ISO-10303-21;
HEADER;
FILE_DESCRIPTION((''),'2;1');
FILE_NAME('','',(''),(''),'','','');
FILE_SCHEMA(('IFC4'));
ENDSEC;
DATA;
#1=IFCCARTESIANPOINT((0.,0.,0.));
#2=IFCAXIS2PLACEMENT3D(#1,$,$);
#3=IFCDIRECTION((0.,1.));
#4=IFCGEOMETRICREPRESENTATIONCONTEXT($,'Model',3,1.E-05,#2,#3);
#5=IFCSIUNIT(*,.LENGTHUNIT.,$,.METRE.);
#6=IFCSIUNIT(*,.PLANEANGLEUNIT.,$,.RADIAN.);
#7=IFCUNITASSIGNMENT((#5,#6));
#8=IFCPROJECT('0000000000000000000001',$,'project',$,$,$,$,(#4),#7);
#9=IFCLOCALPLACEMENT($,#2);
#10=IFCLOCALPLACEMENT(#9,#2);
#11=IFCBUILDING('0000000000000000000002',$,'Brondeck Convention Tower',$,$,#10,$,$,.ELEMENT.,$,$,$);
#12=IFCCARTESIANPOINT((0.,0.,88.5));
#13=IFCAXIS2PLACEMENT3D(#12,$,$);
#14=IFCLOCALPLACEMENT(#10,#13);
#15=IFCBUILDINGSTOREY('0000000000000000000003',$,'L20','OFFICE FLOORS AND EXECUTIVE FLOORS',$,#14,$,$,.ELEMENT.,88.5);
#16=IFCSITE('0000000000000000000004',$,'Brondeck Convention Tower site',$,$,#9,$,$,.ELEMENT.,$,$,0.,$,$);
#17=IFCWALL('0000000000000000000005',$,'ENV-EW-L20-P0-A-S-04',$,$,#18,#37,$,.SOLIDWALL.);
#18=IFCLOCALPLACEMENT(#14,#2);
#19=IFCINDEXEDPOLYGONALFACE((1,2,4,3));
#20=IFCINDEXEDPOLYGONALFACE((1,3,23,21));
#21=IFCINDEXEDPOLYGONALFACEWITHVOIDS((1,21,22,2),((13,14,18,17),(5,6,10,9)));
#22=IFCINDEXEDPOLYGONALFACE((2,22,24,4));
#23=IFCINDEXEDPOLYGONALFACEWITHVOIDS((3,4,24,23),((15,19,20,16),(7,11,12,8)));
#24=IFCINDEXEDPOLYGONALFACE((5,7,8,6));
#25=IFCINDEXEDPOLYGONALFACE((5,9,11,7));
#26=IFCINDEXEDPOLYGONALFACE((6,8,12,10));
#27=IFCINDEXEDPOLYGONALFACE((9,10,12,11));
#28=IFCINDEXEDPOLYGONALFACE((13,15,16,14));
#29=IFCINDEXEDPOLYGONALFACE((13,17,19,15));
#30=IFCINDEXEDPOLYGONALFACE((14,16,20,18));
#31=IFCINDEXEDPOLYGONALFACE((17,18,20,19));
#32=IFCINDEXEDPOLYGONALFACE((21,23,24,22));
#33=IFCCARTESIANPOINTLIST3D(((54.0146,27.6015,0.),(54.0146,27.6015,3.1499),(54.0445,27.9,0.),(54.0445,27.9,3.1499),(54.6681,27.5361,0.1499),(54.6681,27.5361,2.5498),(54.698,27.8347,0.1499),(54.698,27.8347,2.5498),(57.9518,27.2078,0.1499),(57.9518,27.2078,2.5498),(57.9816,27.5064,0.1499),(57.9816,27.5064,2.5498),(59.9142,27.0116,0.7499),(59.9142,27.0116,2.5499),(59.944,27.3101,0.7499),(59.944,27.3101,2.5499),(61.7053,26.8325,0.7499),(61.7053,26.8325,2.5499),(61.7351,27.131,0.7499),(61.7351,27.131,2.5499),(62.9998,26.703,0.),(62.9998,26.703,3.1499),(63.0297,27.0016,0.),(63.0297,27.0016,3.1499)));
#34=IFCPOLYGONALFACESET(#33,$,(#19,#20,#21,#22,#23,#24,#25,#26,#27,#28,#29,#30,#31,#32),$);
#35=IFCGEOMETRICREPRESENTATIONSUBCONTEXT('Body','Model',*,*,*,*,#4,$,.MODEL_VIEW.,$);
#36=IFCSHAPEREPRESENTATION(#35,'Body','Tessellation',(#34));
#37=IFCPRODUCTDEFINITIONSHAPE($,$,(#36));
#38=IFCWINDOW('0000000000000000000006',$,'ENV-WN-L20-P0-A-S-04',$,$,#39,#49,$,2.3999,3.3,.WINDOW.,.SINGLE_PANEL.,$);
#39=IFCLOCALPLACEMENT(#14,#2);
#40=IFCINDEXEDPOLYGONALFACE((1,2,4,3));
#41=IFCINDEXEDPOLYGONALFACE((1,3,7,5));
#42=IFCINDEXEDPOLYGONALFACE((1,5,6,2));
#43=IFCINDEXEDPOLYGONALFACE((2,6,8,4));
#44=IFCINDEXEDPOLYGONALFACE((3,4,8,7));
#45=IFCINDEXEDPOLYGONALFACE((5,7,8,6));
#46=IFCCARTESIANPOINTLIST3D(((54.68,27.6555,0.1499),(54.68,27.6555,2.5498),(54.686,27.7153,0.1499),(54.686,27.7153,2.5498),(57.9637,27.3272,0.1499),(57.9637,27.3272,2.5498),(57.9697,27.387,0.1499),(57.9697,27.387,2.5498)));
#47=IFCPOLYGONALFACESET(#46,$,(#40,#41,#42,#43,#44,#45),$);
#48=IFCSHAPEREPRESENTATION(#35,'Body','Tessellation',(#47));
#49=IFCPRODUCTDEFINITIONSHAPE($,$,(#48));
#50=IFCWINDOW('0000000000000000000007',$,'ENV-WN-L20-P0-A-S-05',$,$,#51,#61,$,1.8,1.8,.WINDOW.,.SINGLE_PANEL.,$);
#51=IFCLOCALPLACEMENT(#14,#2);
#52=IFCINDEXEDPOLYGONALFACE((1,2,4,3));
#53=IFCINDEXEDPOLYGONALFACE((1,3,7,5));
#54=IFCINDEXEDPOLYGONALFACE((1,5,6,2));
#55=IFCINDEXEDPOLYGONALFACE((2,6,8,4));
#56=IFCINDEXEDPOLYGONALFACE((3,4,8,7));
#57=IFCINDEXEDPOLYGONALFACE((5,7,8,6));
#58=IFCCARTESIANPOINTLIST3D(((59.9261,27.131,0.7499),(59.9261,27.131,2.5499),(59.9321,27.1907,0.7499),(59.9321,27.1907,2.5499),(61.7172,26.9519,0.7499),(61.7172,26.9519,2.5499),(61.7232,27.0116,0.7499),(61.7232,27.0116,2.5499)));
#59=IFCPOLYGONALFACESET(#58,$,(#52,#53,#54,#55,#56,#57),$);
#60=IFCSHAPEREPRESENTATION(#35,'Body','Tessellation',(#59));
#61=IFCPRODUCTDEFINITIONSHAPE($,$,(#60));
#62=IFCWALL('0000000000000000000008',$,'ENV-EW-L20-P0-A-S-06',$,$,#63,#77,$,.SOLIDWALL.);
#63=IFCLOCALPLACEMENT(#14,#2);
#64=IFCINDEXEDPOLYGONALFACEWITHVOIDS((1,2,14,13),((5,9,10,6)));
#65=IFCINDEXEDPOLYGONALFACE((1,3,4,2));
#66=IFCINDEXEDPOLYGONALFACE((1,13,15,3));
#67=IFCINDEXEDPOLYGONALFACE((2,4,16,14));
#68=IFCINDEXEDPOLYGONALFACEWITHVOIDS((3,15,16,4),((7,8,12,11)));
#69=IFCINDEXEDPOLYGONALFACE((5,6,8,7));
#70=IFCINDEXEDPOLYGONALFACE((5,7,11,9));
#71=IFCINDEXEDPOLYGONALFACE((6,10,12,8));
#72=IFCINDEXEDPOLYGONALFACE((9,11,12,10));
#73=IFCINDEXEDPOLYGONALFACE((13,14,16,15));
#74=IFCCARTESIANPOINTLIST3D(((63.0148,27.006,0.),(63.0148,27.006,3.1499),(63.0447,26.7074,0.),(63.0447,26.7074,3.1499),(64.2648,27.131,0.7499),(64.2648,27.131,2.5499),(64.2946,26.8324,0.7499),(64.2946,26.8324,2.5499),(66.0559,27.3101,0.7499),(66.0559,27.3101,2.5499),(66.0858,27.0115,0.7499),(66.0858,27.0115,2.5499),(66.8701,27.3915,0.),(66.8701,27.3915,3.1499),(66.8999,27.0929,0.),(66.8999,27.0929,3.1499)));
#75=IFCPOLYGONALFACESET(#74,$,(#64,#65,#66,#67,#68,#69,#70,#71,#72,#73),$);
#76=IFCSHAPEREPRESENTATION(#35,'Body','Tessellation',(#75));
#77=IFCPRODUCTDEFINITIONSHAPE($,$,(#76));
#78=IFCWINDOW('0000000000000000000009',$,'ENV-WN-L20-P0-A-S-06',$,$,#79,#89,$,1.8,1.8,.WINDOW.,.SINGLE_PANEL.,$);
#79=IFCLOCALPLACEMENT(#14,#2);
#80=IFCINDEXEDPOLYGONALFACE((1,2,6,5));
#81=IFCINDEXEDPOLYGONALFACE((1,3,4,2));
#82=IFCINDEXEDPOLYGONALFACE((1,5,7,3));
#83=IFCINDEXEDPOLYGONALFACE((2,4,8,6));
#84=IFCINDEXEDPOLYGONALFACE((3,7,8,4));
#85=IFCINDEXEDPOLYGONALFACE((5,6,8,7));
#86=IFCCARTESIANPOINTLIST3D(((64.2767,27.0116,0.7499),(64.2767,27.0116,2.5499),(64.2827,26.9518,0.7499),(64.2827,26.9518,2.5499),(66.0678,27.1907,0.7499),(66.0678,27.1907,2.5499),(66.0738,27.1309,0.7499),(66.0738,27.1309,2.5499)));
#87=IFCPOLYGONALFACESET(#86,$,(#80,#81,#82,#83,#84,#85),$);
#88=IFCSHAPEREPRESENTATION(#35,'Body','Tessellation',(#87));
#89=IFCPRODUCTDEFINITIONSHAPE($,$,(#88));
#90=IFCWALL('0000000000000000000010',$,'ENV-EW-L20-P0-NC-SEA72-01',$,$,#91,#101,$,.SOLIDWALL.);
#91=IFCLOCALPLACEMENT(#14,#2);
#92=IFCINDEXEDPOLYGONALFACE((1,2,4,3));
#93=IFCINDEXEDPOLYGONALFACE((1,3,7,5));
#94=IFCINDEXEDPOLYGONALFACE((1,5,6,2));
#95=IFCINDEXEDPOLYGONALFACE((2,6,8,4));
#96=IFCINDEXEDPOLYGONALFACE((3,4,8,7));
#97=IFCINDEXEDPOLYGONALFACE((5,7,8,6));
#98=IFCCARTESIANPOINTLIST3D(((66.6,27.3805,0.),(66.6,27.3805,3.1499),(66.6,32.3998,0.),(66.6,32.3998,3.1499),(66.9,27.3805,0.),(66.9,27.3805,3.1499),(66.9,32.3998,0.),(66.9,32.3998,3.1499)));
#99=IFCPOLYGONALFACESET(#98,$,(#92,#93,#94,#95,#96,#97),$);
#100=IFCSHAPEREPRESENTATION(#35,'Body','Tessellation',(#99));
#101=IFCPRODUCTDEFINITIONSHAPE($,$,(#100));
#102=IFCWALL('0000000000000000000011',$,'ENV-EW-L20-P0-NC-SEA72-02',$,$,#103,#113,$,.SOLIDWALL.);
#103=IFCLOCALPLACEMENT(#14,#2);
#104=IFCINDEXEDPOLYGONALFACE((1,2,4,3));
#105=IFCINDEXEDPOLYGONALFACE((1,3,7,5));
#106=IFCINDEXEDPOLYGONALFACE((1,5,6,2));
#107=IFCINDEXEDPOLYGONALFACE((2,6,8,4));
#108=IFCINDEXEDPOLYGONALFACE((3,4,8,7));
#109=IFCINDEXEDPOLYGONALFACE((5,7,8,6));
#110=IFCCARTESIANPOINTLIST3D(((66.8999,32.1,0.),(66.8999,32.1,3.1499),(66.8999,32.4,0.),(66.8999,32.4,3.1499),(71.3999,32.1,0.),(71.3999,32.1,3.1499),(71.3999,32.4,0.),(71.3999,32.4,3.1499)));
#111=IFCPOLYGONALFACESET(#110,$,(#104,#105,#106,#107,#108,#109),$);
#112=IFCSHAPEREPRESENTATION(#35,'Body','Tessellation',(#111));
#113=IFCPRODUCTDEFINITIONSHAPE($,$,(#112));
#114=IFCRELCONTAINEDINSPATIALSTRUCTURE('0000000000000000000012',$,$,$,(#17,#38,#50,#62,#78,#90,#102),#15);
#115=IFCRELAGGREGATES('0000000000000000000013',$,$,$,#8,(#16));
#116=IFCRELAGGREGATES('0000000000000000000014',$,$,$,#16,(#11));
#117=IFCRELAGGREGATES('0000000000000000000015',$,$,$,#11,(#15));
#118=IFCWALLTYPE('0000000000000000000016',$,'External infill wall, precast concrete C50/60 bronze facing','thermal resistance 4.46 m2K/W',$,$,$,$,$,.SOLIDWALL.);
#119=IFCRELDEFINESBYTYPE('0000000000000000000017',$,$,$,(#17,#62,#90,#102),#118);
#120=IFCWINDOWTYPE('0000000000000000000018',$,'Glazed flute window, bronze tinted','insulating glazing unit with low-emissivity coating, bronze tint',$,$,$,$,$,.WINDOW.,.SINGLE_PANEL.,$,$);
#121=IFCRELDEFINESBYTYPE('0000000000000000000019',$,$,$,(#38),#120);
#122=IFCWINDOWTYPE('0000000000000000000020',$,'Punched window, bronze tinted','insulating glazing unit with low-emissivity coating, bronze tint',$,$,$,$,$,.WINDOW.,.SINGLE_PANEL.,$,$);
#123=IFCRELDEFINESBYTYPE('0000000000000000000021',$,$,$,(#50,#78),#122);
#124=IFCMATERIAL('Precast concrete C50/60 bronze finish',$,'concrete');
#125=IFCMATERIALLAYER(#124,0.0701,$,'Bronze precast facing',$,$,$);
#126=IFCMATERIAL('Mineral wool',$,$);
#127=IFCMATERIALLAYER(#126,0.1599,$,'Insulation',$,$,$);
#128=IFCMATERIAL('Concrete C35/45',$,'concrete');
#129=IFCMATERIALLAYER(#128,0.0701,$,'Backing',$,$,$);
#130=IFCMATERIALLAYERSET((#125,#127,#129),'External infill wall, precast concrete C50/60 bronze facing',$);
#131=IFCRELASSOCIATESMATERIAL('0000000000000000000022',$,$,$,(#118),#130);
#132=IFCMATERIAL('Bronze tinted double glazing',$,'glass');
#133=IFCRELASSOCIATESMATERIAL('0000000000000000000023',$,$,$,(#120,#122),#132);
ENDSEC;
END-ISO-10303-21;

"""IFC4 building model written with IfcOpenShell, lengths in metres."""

from ifc_helpers import new_model, si_unit, direction, frame, frame_2d, origin, place, context, subcontext, project, spatial, rectangle, extrude, material, layer, layer_set, type_object, element, fill, save


model = new_model("IFC4")

# Units and contexts
model_context = context("Model", 3, precision=1e-05, world=origin(), true_north=direction((0.0, 1.0)))
body_context = subcontext(model_context, "Body", "Model", "MODEL_VIEW")
ifc_project = project(units=[si_unit("LENGTHUNIT", "METRE"), si_unit("PLANEANGLEUNIT", "RADIAN")], contexts=[model_context])

# Site, building, storey
site_placement = place(None, origin())
site = spatial("IfcSite", under=ifc_project, at=site_placement, Name="Brondeck Convention Tower site", CompositionType="ELEMENT", RefElevation=0.0)
building_placement = place(site_placement, origin())
building = spatial("IfcBuilding", under=site, at=building_placement, Name="Brondeck Convention Tower", CompositionType="ELEMENT")
storey_placement = place(building_placement, frame((0.0, 0.0, 88.5)))
storey = spatial("IfcBuildingStorey", under=building, at=storey_placement, Name="L20", Description="OFFICE FLOORS AND EXECUTIVE FLOORS", CompositionType="ELEMENT", Elevation=88.5)

# Wall, openings, windows
ifc_material_1 = material(Name="Precast concrete C50/60 bronze finish", Category="concrete")
ifc_layer_1 = layer(ifc_material_1, 0.0701, Name="Bronze precast facing")
ifc_material_2 = material(Name="Mineral wool")
ifc_layer_2 = layer(ifc_material_2, 0.1599, Name="Insulation")
ifc_material_3 = material(Name="Concrete C35/45", Category="concrete")
ifc_layer_3 = layer(ifc_material_3, 0.0701, Name="Backing")
ifc_layer_set = layer_set([ifc_layer_1, ifc_layer_2, ifc_layer_3], Name="External infill wall, precast concrete C50/60 bronze facing")
wall_type = type_object("IfcWallType", Name="External infill wall, precast concrete C50/60 bronze facing", Description="thermal resistance 4.46 m2K/W", PredefinedType="SOLIDWALL", material=ifc_layer_set)
wall_1_placement = place(storey_placement, frame((63.0149, 26.8523, 0.0), z_axis=(0.0, 0.0, 1.0), x_axis=(-0.995038, 0.099496, 0.0)))
wall_1 = element("IfcWall", 1, at=wall_1_placement, inside=storey, type_object=wall_type, Name="ENV-EW-L20-P0-A-S-04", PredefinedType="SOLIDWALL", context=body_context, shape_type="SweptSolid", body=[
    extrude(rectangle(XDim=9.03, YDim=0.3, at=frame_2d((4.5151, 0.0))), origin(), (0.0, 0.0, 1.0), 3.1499),
])
opening_1_placement = place(wall_1_placement, frame((1.3013, 0.0, 0.75)))
opening_1 = element("IfcOpeningElement", 2, at=opening_1_placement, cuts=wall_1, PredefinedType="OPENING", context=body_context, shape_type="SweptSolid", body=[
    extrude(rectangle(XDim=1.8, YDim=1.8, at=frame_2d((0.8999, 0.8999))), frame((0.0, 0.1599, 0.0), z_axis=(0.0, -1.0, 0.0), x_axis=(1.0, 0.0, 0.0)), (0.0, 0.0, 1.0), 0.3201),
])
opening_2_placement = place(wall_1_placement, frame((5.0735, 0.0, 0.1499)))
opening_2 = element("IfcOpeningElement", 3, at=opening_2_placement, cuts=wall_1, PredefinedType="OPENING", context=body_context, shape_type="SweptSolid", body=[
    extrude(rectangle(XDim=3.3, YDim=2.3999, at=frame_2d((1.6499, 1.2))), frame((0.0, 0.1599, 0.0), z_axis=(0.0, -1.0, 0.0), x_axis=(1.0, 0.0, 0.0)), (0.0, 0.0, 1.0), 0.3201),
])
ifc_material_4 = material(Name="Bronze tinted double glazing", Category="glass")
window_type_1 = type_object("IfcWindowType", Name="Glazed flute window, bronze tinted", Description="insulating glazing unit with low-emissivity coating, bronze tint", PartitioningType="SINGLE_PANEL", PredefinedType="WINDOW", material=ifc_material_4)
window_1_placement = place(opening_2_placement, origin())
window_1 = element("IfcWindow", 4, at=window_1_placement, inside=storey, type_object=window_type_1, Name="ENV-WN-L20-P0-A-S-04", OverallHeight=2.3999, OverallWidth=3.3, PartitioningType="SINGLE_PANEL", PredefinedType="WINDOW", context=body_context, shape_type="SweptSolid", body=[
    extrude(rectangle(XDim=3.3, YDim=2.3999, at=frame_2d((1.6499, 1.2))), frame((0.0, 0.03, 0.0), z_axis=(0.0, -1.0, 0.0), x_axis=(1.0, 0.0, 0.0)), (0.0, 0.0, 1.0), 0.0601),
])
fill(opening_2, window_1)
window_type_2 = type_object("IfcWindowType", Name="Punched window, bronze tinted", Description="insulating glazing unit with low-emissivity coating, bronze tint", PartitioningType="SINGLE_PANEL", PredefinedType="WINDOW", material=ifc_material_4)
window_2_placement = place(opening_1_placement, origin())
window_2 = element("IfcWindow", 5, at=window_2_placement, inside=storey, type_object=window_type_2, Name="ENV-WN-L20-P0-A-S-05", OverallHeight=1.8, OverallWidth=1.8, PartitioningType="SINGLE_PANEL", PredefinedType="WINDOW", context=body_context, shape_type="SweptSolid", body=[
    extrude(rectangle(XDim=1.8, YDim=1.8, at=frame_2d((0.8999, 0.8999))), frame((0.0, 0.03, 0.0), z_axis=(0.0, -1.0, 0.0), x_axis=(1.0, 0.0, 0.0)), (0.0, 0.0, 1.0), 0.0601),
])
fill(opening_1, window_2)

# Wall, opening, window
wall_2_placement = place(storey_placement, frame((66.885, 27.2422, 0.0), z_axis=(0.0, 0.0, 1.0), x_axis=(-0.995038, -0.099497, 0.0)))
wall_2 = element("IfcWall", 6, at=wall_2_placement, inside=storey, type_object=wall_type, Name="ENV-EW-L20-P0-A-S-06", PredefinedType="SOLIDWALL", context=body_context, shape_type="SweptSolid", body=[
    extrude(rectangle(XDim=3.8745, YDim=0.3, at=frame_2d((1.9373, 0.0))), origin(), (0.0, 0.0, 1.0), 3.1499),
])
opening_3_placement = place(wall_2_placement, frame((0.8184, 0.0, 0.75)))
opening_3 = element("IfcOpeningElement", 7, at=opening_3_placement, cuts=wall_2, PredefinedType="OPENING", context=body_context, shape_type="SweptSolid", body=[
    extrude(rectangle(XDim=1.8, YDim=1.8, at=frame_2d((0.8999, 0.8999))), frame((0.0, 0.1599, 0.0), z_axis=(0.0, -1.0, 0.0), x_axis=(1.0, 0.0, 0.0)), (0.0, 0.0, 1.0), 0.3201),
])
window_3_placement = place(opening_3_placement, origin())
window_3 = element("IfcWindow", 8, at=window_3_placement, inside=storey, type_object=window_type_2, Name="ENV-WN-L20-P0-A-S-06", OverallHeight=1.8, OverallWidth=1.8, PartitioningType="SINGLE_PANEL", PredefinedType="WINDOW", context=body_context, shape_type="SweptSolid", body=[
    extrude(rectangle(XDim=1.8, YDim=1.8, at=frame_2d((0.8999, 0.8999))), frame((0.0, 0.03, 0.0), z_axis=(0.0, -1.0, 0.0), x_axis=(1.0, 0.0, 0.0)), (0.0, 0.0, 1.0), 0.0601),
])
fill(opening_3, window_3)

# Walls
wall_3_placement = place(storey_placement, frame((66.75, 32.3999, 0.0), z_axis=(0.0, 0.0, 1.0), x_axis=(0.0, -1.0, 0.0)))
element("IfcWall", 9, at=wall_3_placement, inside=storey, type_object=wall_type, Name="ENV-EW-L20-P0-NC-SEA72-01", PredefinedType="SOLIDWALL", context=body_context, shape_type="SweptSolid", body=[
    extrude(rectangle(XDim=5.0193, YDim=0.3, at=frame_2d((2.5098, 0.0))), origin(), (0.0, 0.0, 1.0), 3.1499),
])
wall_4_placement = place(storey_placement, frame((71.3999, 32.25, 0.0), z_axis=(0.0, 0.0, 1.0), x_axis=(-1.0, 0.0, 0.0)))
element("IfcWall", 10, at=wall_4_placement, inside=storey, type_object=wall_type, Name="ENV-EW-L20-P0-NC-SEA72-02", PredefinedType="SOLIDWALL", context=body_context, shape_type="SweptSolid", body=[
    extrude(rectangle(XDim=4.5, YDim=0.3, at=frame_2d((2.25, 0.0))), origin(), (0.0, 0.0, 1.0), 3.1499),
])

save(model, "model.ifc")
